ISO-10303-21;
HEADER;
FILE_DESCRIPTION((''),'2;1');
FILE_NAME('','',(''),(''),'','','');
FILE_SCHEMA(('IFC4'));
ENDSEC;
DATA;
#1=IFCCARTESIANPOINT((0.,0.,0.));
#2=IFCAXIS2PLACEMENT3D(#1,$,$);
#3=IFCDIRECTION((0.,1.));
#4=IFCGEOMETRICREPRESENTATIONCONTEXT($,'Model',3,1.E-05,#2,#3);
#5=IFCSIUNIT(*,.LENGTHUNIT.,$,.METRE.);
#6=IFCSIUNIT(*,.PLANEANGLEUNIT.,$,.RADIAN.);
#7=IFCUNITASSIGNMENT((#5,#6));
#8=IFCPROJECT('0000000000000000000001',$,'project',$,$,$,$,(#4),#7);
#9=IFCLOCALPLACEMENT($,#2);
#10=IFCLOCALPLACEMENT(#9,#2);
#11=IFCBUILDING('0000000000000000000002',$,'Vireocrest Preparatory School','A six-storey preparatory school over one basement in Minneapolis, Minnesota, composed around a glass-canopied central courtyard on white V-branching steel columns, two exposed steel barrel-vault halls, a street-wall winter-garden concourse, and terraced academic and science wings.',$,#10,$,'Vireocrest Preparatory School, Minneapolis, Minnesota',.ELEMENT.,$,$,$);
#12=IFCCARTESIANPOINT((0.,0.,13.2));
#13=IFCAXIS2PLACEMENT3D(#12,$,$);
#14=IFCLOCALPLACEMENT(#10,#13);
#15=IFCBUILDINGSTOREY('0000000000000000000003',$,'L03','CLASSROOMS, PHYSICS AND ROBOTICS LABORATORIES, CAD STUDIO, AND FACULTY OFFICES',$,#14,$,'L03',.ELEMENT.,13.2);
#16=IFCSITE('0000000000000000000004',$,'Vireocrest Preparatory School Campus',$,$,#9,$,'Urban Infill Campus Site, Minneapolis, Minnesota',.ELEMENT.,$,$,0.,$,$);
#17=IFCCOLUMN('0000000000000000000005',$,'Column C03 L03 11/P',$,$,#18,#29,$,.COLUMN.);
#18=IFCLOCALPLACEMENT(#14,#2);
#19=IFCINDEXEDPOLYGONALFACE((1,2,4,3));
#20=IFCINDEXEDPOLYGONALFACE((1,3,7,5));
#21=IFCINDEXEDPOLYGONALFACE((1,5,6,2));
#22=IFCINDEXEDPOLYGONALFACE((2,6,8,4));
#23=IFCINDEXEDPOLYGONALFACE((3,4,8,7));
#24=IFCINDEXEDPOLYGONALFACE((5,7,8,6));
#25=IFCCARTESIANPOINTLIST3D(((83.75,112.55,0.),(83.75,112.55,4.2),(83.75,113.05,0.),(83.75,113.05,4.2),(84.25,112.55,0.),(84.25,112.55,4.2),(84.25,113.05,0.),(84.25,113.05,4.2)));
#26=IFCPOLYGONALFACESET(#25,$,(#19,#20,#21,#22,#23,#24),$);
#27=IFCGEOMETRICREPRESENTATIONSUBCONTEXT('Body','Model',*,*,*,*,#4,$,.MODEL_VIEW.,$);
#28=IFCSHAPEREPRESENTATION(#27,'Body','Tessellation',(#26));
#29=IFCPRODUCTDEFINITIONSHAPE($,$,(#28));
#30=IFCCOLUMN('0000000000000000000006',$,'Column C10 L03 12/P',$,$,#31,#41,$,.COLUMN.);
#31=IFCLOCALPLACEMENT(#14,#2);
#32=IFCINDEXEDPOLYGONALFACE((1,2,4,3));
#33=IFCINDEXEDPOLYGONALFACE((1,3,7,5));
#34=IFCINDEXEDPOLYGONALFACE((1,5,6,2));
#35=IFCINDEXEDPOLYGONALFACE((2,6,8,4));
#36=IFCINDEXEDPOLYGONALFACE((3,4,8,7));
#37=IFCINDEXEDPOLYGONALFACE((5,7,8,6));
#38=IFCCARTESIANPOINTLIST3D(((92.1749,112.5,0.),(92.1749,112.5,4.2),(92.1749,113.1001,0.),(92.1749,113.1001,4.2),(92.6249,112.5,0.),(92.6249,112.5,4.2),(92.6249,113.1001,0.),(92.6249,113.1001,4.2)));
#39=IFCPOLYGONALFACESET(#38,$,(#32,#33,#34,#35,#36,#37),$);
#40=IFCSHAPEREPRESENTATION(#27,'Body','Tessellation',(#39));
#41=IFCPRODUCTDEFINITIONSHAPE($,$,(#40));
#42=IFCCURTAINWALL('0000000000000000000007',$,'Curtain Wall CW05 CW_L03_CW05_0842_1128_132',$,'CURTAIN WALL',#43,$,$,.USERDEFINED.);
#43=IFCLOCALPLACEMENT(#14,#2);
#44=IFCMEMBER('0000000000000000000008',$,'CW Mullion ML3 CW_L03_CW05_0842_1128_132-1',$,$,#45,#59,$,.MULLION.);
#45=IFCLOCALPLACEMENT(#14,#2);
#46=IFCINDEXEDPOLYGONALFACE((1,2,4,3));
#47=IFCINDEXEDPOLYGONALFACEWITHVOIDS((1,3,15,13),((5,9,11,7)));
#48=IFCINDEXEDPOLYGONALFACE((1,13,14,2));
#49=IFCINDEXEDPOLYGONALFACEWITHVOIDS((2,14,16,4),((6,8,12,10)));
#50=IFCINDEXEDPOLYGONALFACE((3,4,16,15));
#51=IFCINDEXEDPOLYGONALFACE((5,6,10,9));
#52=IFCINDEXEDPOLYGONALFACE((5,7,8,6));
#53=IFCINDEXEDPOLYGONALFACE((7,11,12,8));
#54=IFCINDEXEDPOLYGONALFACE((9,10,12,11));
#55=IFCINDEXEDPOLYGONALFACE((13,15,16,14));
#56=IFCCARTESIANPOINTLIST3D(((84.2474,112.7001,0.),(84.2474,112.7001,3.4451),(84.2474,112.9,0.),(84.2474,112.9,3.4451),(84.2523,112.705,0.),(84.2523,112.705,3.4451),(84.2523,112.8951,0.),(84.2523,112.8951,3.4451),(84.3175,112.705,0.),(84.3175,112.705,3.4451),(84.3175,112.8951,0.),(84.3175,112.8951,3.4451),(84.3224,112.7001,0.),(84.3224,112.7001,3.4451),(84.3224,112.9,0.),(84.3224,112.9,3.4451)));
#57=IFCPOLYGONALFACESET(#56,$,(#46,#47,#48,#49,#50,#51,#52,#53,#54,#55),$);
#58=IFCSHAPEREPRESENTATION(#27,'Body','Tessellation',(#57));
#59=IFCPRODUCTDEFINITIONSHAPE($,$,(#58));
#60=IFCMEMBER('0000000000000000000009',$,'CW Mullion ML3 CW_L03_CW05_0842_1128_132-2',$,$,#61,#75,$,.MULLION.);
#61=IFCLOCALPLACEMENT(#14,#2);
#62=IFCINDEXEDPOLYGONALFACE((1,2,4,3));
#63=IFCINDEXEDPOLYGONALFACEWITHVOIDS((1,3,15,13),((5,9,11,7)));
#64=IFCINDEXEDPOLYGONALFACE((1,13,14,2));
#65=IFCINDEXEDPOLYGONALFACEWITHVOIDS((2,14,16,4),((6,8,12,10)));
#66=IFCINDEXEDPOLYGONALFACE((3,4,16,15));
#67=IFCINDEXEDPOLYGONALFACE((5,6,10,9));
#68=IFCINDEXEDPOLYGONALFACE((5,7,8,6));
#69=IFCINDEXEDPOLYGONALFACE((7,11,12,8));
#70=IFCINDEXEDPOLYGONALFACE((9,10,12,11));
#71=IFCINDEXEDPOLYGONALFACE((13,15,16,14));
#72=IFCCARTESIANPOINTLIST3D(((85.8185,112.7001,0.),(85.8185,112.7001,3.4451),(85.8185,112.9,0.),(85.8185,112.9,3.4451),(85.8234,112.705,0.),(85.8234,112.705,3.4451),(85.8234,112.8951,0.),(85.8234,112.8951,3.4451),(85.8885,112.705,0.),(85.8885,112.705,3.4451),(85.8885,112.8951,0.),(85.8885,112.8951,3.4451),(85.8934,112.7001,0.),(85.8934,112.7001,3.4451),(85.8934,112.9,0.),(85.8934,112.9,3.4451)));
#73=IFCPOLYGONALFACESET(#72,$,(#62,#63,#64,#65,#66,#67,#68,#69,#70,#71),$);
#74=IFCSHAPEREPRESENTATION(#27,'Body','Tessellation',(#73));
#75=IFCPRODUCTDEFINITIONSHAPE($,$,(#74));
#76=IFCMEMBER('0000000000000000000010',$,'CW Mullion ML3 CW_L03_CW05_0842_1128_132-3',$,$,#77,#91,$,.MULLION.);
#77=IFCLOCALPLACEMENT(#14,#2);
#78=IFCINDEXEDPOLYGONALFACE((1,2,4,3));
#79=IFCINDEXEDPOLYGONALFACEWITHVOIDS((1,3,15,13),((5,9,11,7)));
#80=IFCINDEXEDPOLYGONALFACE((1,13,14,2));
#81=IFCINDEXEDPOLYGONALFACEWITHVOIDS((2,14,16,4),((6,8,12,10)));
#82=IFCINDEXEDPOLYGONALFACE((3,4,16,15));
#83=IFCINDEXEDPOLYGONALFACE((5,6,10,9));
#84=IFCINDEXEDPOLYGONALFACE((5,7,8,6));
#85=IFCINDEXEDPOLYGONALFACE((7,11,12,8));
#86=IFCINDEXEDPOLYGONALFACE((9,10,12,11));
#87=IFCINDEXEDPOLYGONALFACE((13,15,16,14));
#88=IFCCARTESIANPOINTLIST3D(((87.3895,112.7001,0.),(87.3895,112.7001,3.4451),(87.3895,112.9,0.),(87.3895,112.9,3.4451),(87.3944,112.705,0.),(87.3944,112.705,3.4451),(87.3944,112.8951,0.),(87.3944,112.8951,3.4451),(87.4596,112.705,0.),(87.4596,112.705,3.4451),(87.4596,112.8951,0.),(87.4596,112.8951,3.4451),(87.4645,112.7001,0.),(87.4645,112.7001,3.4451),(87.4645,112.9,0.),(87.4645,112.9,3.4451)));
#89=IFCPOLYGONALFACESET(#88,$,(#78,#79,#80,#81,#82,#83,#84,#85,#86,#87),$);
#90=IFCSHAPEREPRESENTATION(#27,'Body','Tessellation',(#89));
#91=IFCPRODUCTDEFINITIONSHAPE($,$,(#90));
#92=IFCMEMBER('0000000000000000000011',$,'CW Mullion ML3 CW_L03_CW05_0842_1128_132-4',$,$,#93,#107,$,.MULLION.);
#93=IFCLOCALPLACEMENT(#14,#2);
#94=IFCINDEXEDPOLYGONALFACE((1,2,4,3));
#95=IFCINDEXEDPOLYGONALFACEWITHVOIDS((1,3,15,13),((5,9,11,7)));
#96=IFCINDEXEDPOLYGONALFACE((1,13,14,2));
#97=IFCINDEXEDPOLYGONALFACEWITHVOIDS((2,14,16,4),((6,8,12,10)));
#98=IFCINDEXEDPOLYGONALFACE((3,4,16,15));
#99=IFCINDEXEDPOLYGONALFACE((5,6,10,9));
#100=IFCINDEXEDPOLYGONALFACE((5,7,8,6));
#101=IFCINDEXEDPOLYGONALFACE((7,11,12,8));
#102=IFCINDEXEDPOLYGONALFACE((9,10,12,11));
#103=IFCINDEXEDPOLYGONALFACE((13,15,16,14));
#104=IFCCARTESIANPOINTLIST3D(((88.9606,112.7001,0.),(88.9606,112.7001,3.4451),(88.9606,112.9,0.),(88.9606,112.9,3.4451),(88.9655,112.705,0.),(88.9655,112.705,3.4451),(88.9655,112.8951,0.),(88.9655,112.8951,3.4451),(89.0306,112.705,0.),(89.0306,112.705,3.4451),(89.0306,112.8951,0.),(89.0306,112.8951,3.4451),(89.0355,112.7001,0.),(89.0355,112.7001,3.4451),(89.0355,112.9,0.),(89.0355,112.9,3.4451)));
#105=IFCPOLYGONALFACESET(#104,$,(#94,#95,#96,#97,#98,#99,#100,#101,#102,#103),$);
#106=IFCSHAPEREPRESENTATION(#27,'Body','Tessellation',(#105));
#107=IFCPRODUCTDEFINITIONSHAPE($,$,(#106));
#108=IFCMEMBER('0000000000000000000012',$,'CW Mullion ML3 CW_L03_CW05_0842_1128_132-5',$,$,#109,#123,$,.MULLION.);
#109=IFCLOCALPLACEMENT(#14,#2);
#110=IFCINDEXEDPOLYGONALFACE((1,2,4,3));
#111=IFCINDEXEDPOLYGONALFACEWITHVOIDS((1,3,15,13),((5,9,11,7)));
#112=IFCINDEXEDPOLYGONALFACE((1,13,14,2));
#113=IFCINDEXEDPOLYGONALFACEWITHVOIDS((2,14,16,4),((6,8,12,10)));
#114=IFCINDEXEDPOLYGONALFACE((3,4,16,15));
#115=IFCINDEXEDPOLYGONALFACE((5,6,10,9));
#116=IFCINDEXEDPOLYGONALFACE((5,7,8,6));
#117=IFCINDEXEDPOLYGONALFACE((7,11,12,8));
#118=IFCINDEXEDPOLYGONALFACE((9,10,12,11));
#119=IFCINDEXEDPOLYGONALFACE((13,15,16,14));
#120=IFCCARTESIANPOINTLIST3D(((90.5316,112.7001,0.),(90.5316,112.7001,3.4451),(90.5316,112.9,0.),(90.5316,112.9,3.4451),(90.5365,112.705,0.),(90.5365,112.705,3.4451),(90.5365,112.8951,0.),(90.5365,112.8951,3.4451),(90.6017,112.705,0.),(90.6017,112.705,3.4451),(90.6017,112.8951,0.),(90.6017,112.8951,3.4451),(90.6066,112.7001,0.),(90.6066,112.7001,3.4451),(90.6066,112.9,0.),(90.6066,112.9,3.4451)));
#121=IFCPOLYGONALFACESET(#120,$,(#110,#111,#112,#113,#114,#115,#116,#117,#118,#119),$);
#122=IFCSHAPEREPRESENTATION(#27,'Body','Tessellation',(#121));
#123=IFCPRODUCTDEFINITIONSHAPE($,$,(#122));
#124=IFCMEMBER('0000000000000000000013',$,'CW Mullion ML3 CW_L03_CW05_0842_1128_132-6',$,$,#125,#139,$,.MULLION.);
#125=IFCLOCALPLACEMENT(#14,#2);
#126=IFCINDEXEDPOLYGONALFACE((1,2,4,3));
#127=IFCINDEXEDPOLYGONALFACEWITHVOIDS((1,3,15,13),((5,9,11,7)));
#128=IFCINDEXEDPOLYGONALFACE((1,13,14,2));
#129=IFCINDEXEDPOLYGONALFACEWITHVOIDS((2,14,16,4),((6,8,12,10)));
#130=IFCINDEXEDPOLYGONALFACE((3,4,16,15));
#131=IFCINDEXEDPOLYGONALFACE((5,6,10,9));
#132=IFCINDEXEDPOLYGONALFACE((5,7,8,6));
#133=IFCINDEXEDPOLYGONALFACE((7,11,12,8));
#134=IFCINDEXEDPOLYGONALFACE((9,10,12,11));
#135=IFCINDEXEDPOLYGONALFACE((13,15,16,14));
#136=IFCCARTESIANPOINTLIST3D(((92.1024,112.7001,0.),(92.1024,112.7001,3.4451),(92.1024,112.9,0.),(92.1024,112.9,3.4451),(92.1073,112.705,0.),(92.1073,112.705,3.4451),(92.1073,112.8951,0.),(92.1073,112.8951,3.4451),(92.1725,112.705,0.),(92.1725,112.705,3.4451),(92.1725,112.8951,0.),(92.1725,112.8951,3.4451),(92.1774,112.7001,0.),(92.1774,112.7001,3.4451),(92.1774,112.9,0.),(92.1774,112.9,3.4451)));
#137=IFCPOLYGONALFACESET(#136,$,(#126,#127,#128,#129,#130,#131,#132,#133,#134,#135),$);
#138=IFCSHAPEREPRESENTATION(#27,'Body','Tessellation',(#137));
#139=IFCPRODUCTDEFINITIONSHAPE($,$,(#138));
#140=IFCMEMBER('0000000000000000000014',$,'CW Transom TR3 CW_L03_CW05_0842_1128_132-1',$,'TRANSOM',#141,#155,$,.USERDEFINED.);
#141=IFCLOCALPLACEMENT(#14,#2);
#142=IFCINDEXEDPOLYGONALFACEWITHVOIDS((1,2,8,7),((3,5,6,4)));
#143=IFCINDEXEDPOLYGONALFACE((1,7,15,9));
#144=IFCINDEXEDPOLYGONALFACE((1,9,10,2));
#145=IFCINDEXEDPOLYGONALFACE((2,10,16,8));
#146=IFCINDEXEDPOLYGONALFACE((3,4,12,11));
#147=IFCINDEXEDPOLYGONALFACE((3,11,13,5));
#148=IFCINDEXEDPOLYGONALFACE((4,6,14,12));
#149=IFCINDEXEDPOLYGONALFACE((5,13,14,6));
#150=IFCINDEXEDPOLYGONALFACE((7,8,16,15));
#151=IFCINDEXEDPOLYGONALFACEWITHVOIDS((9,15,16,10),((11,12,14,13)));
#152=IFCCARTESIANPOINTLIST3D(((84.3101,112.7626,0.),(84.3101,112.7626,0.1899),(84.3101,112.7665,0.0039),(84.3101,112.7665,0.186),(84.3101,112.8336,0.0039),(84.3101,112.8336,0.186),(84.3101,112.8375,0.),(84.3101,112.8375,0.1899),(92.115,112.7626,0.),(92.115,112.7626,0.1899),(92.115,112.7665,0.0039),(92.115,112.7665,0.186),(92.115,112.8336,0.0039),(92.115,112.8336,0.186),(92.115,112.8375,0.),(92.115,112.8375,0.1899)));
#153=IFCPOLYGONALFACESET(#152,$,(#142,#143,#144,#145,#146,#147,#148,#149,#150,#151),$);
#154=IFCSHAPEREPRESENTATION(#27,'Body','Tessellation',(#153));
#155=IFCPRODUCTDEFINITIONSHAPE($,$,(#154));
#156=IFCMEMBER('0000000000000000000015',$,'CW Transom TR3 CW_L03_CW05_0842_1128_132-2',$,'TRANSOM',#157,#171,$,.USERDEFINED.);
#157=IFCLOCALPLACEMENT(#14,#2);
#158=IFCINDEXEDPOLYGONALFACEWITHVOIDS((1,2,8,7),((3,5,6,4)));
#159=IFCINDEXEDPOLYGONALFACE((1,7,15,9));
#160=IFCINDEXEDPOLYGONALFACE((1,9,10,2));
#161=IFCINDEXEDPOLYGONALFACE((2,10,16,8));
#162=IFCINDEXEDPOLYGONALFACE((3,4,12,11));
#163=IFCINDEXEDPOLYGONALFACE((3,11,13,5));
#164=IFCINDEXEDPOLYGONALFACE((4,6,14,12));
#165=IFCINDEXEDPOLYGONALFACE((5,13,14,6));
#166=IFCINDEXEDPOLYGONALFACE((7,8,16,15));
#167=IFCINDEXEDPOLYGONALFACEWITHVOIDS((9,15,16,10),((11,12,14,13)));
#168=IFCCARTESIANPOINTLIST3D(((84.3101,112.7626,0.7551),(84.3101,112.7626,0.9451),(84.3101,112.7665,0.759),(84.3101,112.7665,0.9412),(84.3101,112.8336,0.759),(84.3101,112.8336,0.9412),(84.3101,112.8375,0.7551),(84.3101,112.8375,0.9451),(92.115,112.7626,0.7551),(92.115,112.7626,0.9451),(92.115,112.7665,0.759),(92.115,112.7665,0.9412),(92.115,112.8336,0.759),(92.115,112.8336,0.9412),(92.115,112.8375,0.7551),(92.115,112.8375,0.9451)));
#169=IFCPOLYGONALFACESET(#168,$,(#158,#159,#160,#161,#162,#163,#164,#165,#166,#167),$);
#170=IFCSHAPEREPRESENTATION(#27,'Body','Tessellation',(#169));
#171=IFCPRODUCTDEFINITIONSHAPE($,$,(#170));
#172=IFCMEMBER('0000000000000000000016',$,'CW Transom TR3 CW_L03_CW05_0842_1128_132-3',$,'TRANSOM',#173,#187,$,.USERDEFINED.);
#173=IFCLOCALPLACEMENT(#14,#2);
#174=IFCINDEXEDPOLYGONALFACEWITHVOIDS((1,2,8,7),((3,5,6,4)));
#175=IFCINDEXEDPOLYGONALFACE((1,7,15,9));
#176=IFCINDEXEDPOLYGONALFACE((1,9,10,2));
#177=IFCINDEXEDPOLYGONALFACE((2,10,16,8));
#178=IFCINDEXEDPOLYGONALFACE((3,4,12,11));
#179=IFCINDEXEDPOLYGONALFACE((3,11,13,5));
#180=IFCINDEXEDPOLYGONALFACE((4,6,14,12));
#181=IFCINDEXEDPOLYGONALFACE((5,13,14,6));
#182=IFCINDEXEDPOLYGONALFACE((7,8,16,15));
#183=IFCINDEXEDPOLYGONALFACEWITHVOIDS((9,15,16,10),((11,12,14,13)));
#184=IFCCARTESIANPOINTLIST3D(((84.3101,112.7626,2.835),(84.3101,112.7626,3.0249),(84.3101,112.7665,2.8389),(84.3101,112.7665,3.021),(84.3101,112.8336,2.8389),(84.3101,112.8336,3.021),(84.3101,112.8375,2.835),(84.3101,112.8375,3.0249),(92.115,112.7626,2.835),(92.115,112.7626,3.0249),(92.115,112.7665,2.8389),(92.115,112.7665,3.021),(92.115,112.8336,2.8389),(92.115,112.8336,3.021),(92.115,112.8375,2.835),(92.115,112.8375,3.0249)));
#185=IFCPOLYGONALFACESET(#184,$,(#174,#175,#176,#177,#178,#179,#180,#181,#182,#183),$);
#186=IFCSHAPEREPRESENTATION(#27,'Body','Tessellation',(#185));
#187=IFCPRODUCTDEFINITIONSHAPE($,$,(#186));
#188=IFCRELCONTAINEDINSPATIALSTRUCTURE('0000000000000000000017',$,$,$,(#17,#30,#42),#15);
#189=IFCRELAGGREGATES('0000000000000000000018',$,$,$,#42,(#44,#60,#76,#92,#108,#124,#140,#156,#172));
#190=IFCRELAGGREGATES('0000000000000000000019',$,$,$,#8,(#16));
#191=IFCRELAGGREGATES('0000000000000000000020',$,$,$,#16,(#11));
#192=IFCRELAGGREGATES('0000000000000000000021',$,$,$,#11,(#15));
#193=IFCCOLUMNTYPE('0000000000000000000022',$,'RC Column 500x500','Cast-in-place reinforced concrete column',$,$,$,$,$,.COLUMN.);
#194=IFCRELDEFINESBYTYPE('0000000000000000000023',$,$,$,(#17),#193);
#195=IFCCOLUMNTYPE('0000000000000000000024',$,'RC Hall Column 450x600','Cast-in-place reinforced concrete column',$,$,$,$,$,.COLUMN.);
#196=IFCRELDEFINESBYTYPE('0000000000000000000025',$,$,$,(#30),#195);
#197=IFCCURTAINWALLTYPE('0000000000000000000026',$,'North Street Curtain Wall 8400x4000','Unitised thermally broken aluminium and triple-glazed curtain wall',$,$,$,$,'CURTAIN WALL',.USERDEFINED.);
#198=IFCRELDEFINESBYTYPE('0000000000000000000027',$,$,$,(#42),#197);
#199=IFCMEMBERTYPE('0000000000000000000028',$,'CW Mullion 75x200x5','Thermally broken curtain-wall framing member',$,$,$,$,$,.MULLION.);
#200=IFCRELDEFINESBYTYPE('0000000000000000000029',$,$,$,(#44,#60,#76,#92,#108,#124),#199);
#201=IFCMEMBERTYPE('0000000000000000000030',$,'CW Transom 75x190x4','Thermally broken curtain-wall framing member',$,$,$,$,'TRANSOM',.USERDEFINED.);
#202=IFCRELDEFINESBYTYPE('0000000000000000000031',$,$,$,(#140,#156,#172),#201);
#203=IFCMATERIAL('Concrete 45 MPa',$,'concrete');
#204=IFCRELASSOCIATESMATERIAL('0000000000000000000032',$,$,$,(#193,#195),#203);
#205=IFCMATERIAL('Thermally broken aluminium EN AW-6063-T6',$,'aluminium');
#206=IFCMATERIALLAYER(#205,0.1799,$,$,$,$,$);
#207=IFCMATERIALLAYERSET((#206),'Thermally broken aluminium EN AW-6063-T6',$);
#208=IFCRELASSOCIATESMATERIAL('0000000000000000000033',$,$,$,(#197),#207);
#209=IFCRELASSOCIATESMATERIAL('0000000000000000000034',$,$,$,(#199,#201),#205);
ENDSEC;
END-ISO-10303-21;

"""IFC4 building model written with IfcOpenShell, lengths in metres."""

from ifc_helpers import new_model, si_unit, direction, frame, origin, origin_2d, place, context, subcontext, project, spatial, rectangle, hollow_rectangle, extrude, material, layer, layer_set, material_profile, profile_set, type_object, element, aggregate, save


model = new_model("IFC4")

# Units and contexts
model_context = context("Model", 3, precision=1e-05, world=origin(), true_north=direction((0.0, 1.0)))
body_context = subcontext(model_context, "Body", "Model", "MODEL_VIEW")
ifc_project = project(units=[si_unit("LENGTHUNIT", "METRE"), si_unit("PLANEANGLEUNIT", "RADIAN")], contexts=[model_context])

# Site, building, storey
site_placement = place(None, origin())
site = spatial("IfcSite", under=ifc_project, at=site_placement, Name="Vireocrest Preparatory School Campus", LongName="Urban Infill Campus Site, Minneapolis, Minnesota", CompositionType="ELEMENT", RefElevation=0.0)
building_placement = place(site_placement, origin())
building = spatial("IfcBuilding", under=site, at=building_placement, Name="Vireocrest Preparatory School", Description="A six-storey preparatory school over one basement in Minneapolis, Minnesota, composed around a glass-canopied central courtyard on white V-branching steel columns, two exposed steel barrel-vault halls, a street-wall winter-garden concourse, and terraced academic and science wings.", LongName="Vireocrest Preparatory School, Minneapolis, Minnesota", CompositionType="ELEMENT")
storey_placement = place(building_placement, frame((0.0, 0.0, 13.2)))
storey = spatial("IfcBuildingStorey", under=building, at=storey_placement, Name="L03", Description="CLASSROOMS, PHYSICS AND ROBOTICS LABORATORIES, CAD STUDIO, AND FACULTY OFFICES", LongName="L03", CompositionType="ELEMENT", Elevation=13.2)

# Columns
ifc_material_1 = material(Name="Concrete 45 MPa", Category="concrete")
ifc_material_profile_1 = material_profile(ifc_material_1, rectangle(XDim=0.5, YDim=0.5, at=origin_2d()), Name="RC 500x500")
ifc_profile_set_1 = profile_set([ifc_material_profile_1], Name="Concrete 45 MPa")
column_type_1 = type_object("IfcColumnType", Name="RC Column 500x500", Description="Cast-in-place reinforced concrete column", PredefinedType="COLUMN", material=ifc_profile_set_1)
column_1_placement = place(storey_placement, frame((84.0, 112.8, 0.0), z_axis=(0.0, 0.0, 1.0), x_axis=(1.0, 0.0, 0.0)))
element("IfcColumn", 1, at=column_1_placement, inside=storey, type_object=column_type_1, Name="Column C03 L03 11/P", PredefinedType="COLUMN", context=body_context, shape_type="SweptSolid", body=[
    extrude(rectangle(XDim=0.5, YDim=0.5, at=origin_2d()), origin(), (0.0, 0.0, 1.0), 4.2),
])
ifc_material_profile_2 = material_profile(ifc_material_1, rectangle(XDim=0.45, YDim=0.6001, at=origin_2d()), Name="RC 450x600")
ifc_profile_set_2 = profile_set([ifc_material_profile_2], Name="Concrete 45 MPa")
column_type_2 = type_object("IfcColumnType", Name="RC Hall Column 450x600", Description="Cast-in-place reinforced concrete column", PredefinedType="COLUMN", material=ifc_profile_set_2)
column_2_placement = place(storey_placement, frame((92.3999, 112.8, 0.0), z_axis=(0.0, 0.0, 1.0), x_axis=(1.0, 0.0, 0.0)))
element("IfcColumn", 2, at=column_2_placement, inside=storey, type_object=column_type_2, Name="Column C10 L03 12/P", PredefinedType="COLUMN", context=body_context, shape_type="SweptSolid", body=[
    extrude(rectangle(XDim=0.45, YDim=0.6001, at=origin_2d()), origin(), (0.0, 0.0, 1.0), 4.2),
])

# Curtain wall, members
ifc_material_2 = material(Name="Thermally broken aluminium EN AW-6063-T6", Category="aluminium")
ifc_layer_1 = layer(ifc_material_2, 0.1799)
ifc_layer_set_1 = layer_set([ifc_layer_1], Name="Thermally broken aluminium EN AW-6063-T6")
curtain_wall_type = type_object("IfcCurtainWallType", Name="North Street Curtain Wall 8400x4000", Description="Unitised thermally broken aluminium and triple-glazed curtain wall", ElementType="CURTAIN WALL", PredefinedType="USERDEFINED", material=ifc_layer_set_1)
curtain_wall_placement = place(storey_placement, origin())
curtain_wall = element("IfcCurtainWall", 3, at=curtain_wall_placement, inside=storey, type_object=curtain_wall_type, Name="Curtain Wall CW05 CW_L03_CW05_0842_1128_132", ObjectType="CURTAIN WALL", PredefinedType="USERDEFINED")
ifc_material_profile_3 = material_profile(ifc_material_2, hollow_rectangle(XDim=0.075, YDim=0.2, WallThickness=0.0049, at=origin_2d()), Name="ALU 75x200x5")
ifc_profile_set_3 = profile_set([ifc_material_profile_3], Name="Thermally broken aluminium EN AW-6063-T6")
member_type_1 = type_object("IfcMemberType", Name="CW Mullion 75x200x5", Description="Thermally broken curtain-wall framing member", PredefinedType="MULLION", material=ifc_profile_set_3)
member_1_placement = place(storey_placement, frame((84.2849, 112.8, 0.0), z_axis=(0.0, 0.0, 1.0), x_axis=(1.0, 0.0, 0.0)))
member_1 = element("IfcMember", 4, at=member_1_placement, type_object=member_type_1, Name="CW Mullion ML3 CW_L03_CW05_0842_1128_132-1", PredefinedType="MULLION", context=body_context, shape_type="SweptSolid", body=[
    extrude(hollow_rectangle(XDim=0.075, YDim=0.2, WallThickness=0.0049, at=origin_2d()), origin(), (0.0, 0.0, 1.0), 3.4451),
])
member_2_placement = place(storey_placement, frame((85.856, 112.8, 0.0), z_axis=(0.0, 0.0, 1.0), x_axis=(1.0, 0.0, 0.0)))
member_2 = element("IfcMember", 5, at=member_2_placement, type_object=member_type_1, Name="CW Mullion ML3 CW_L03_CW05_0842_1128_132-2", PredefinedType="MULLION", context=body_context, shape_type="SweptSolid", body=[
    extrude(hollow_rectangle(XDim=0.075, YDim=0.2, WallThickness=0.0049, at=origin_2d()), origin(), (0.0, 0.0, 1.0), 3.4451),
])
member_3_placement = place(storey_placement, frame((87.427, 112.8, 0.0), z_axis=(0.0, 0.0, 1.0), x_axis=(1.0, 0.0, 0.0)))
member_3 = element("IfcMember", 6, at=member_3_placement, type_object=member_type_1, Name="CW Mullion ML3 CW_L03_CW05_0842_1128_132-3", PredefinedType="MULLION", context=body_context, shape_type="SweptSolid", body=[
    extrude(hollow_rectangle(XDim=0.075, YDim=0.2, WallThickness=0.0049, at=origin_2d()), origin(), (0.0, 0.0, 1.0), 3.4451),
])
member_4_placement = place(storey_placement, frame((88.998, 112.8, 0.0), z_axis=(0.0, 0.0, 1.0), x_axis=(1.0, 0.0, 0.0)))
member_4 = element("IfcMember", 7, at=member_4_placement, type_object=member_type_1, Name="CW Mullion ML3 CW_L03_CW05_0842_1128_132-4", PredefinedType="MULLION", context=body_context, shape_type="SweptSolid", body=[
    extrude(hollow_rectangle(XDim=0.075, YDim=0.2, WallThickness=0.0049, at=origin_2d()), origin(), (0.0, 0.0, 1.0), 3.4451),
])
member_5_placement = place(storey_placement, frame((90.5691, 112.8, 0.0), z_axis=(0.0, 0.0, 1.0), x_axis=(1.0, 0.0, 0.0)))
member_5 = element("IfcMember", 8, at=member_5_placement, type_object=member_type_1, Name="CW Mullion ML3 CW_L03_CW05_0842_1128_132-5", PredefinedType="MULLION", context=body_context, shape_type="SweptSolid", body=[
    extrude(hollow_rectangle(XDim=0.075, YDim=0.2, WallThickness=0.0049, at=origin_2d()), origin(), (0.0, 0.0, 1.0), 3.4451),
])
member_6_placement = place(storey_placement, frame((92.1399, 112.8, 0.0), z_axis=(0.0, 0.0, 1.0), x_axis=(1.0, 0.0, 0.0)))
member_6 = element("IfcMember", 9, at=member_6_placement, type_object=member_type_1, Name="CW Mullion ML3 CW_L03_CW05_0842_1128_132-6", PredefinedType="MULLION", context=body_context, shape_type="SweptSolid", body=[
    extrude(hollow_rectangle(XDim=0.075, YDim=0.2, WallThickness=0.0049, at=origin_2d()), origin(), (0.0, 0.0, 1.0), 3.4451),
])
ifc_material_profile_4 = material_profile(ifc_material_2, hollow_rectangle(XDim=0.075, YDim=0.1899, WallThickness=0.0039, at=origin_2d()), Name="ALU 75x190x4")
ifc_profile_set_4 = profile_set([ifc_material_profile_4], Name="Thermally broken aluminium EN AW-6063-T6")
member_type_2 = type_object("IfcMemberType", Name="CW Transom 75x190x4", Description="Thermally broken curtain-wall framing member", ElementType="TRANSOM", PredefinedType="USERDEFINED", material=ifc_profile_set_4)
member_7_placement = place(storey_placement, frame((84.3101, 112.8, 0.095), z_axis=(1.0, 0.0, 0.0), x_axis=(0.0, 1.0, 0.0)))
member_7 = element("IfcMember", 10, at=member_7_placement, type_object=member_type_2, Name="CW Transom TR3 CW_L03_CW05_0842_1128_132-1", ObjectType="TRANSOM", PredefinedType="USERDEFINED", context=body_context, shape_type="SweptSolid", body=[
    extrude(hollow_rectangle(XDim=0.075, YDim=0.1899, WallThickness=0.0039, at=origin_2d()), origin(), (0.0, 0.0, 1.0), 7.8049),
])
member_8_placement = place(storey_placement, frame((84.3101, 112.8, 0.8501), z_axis=(1.0, 0.0, 0.0), x_axis=(0.0, 1.0, 0.0)))
member_8 = element("IfcMember", 11, at=member_8_placement, type_object=member_type_2, Name="CW Transom TR3 CW_L03_CW05_0842_1128_132-2", ObjectType="TRANSOM", PredefinedType="USERDEFINED", context=body_context, shape_type="SweptSolid", body=[
    extrude(hollow_rectangle(XDim=0.075, YDim=0.1899, WallThickness=0.0039, at=origin_2d()), origin(), (0.0, 0.0, 1.0), 7.8049),
])
member_9_placement = place(storey_placement, frame((84.3101, 112.8, 2.9299), z_axis=(1.0, 0.0, 0.0), x_axis=(0.0, 1.0, 0.0)))
member_9 = element("IfcMember", 12, at=member_9_placement, type_object=member_type_2, Name="CW Transom TR3 CW_L03_CW05_0842_1128_132-3", ObjectType="TRANSOM", PredefinedType="USERDEFINED", context=body_context, shape_type="SweptSolid", body=[
    extrude(hollow_rectangle(XDim=0.075, YDim=0.1899, WallThickness=0.0039, at=origin_2d()), origin(), (0.0, 0.0, 1.0), 7.8049),
])

aggregate(curtain_wall, [member_1, member_2, member_3, member_4, member_5, member_6, member_7, member_8, member_9])

save(model, "model.ifc")
